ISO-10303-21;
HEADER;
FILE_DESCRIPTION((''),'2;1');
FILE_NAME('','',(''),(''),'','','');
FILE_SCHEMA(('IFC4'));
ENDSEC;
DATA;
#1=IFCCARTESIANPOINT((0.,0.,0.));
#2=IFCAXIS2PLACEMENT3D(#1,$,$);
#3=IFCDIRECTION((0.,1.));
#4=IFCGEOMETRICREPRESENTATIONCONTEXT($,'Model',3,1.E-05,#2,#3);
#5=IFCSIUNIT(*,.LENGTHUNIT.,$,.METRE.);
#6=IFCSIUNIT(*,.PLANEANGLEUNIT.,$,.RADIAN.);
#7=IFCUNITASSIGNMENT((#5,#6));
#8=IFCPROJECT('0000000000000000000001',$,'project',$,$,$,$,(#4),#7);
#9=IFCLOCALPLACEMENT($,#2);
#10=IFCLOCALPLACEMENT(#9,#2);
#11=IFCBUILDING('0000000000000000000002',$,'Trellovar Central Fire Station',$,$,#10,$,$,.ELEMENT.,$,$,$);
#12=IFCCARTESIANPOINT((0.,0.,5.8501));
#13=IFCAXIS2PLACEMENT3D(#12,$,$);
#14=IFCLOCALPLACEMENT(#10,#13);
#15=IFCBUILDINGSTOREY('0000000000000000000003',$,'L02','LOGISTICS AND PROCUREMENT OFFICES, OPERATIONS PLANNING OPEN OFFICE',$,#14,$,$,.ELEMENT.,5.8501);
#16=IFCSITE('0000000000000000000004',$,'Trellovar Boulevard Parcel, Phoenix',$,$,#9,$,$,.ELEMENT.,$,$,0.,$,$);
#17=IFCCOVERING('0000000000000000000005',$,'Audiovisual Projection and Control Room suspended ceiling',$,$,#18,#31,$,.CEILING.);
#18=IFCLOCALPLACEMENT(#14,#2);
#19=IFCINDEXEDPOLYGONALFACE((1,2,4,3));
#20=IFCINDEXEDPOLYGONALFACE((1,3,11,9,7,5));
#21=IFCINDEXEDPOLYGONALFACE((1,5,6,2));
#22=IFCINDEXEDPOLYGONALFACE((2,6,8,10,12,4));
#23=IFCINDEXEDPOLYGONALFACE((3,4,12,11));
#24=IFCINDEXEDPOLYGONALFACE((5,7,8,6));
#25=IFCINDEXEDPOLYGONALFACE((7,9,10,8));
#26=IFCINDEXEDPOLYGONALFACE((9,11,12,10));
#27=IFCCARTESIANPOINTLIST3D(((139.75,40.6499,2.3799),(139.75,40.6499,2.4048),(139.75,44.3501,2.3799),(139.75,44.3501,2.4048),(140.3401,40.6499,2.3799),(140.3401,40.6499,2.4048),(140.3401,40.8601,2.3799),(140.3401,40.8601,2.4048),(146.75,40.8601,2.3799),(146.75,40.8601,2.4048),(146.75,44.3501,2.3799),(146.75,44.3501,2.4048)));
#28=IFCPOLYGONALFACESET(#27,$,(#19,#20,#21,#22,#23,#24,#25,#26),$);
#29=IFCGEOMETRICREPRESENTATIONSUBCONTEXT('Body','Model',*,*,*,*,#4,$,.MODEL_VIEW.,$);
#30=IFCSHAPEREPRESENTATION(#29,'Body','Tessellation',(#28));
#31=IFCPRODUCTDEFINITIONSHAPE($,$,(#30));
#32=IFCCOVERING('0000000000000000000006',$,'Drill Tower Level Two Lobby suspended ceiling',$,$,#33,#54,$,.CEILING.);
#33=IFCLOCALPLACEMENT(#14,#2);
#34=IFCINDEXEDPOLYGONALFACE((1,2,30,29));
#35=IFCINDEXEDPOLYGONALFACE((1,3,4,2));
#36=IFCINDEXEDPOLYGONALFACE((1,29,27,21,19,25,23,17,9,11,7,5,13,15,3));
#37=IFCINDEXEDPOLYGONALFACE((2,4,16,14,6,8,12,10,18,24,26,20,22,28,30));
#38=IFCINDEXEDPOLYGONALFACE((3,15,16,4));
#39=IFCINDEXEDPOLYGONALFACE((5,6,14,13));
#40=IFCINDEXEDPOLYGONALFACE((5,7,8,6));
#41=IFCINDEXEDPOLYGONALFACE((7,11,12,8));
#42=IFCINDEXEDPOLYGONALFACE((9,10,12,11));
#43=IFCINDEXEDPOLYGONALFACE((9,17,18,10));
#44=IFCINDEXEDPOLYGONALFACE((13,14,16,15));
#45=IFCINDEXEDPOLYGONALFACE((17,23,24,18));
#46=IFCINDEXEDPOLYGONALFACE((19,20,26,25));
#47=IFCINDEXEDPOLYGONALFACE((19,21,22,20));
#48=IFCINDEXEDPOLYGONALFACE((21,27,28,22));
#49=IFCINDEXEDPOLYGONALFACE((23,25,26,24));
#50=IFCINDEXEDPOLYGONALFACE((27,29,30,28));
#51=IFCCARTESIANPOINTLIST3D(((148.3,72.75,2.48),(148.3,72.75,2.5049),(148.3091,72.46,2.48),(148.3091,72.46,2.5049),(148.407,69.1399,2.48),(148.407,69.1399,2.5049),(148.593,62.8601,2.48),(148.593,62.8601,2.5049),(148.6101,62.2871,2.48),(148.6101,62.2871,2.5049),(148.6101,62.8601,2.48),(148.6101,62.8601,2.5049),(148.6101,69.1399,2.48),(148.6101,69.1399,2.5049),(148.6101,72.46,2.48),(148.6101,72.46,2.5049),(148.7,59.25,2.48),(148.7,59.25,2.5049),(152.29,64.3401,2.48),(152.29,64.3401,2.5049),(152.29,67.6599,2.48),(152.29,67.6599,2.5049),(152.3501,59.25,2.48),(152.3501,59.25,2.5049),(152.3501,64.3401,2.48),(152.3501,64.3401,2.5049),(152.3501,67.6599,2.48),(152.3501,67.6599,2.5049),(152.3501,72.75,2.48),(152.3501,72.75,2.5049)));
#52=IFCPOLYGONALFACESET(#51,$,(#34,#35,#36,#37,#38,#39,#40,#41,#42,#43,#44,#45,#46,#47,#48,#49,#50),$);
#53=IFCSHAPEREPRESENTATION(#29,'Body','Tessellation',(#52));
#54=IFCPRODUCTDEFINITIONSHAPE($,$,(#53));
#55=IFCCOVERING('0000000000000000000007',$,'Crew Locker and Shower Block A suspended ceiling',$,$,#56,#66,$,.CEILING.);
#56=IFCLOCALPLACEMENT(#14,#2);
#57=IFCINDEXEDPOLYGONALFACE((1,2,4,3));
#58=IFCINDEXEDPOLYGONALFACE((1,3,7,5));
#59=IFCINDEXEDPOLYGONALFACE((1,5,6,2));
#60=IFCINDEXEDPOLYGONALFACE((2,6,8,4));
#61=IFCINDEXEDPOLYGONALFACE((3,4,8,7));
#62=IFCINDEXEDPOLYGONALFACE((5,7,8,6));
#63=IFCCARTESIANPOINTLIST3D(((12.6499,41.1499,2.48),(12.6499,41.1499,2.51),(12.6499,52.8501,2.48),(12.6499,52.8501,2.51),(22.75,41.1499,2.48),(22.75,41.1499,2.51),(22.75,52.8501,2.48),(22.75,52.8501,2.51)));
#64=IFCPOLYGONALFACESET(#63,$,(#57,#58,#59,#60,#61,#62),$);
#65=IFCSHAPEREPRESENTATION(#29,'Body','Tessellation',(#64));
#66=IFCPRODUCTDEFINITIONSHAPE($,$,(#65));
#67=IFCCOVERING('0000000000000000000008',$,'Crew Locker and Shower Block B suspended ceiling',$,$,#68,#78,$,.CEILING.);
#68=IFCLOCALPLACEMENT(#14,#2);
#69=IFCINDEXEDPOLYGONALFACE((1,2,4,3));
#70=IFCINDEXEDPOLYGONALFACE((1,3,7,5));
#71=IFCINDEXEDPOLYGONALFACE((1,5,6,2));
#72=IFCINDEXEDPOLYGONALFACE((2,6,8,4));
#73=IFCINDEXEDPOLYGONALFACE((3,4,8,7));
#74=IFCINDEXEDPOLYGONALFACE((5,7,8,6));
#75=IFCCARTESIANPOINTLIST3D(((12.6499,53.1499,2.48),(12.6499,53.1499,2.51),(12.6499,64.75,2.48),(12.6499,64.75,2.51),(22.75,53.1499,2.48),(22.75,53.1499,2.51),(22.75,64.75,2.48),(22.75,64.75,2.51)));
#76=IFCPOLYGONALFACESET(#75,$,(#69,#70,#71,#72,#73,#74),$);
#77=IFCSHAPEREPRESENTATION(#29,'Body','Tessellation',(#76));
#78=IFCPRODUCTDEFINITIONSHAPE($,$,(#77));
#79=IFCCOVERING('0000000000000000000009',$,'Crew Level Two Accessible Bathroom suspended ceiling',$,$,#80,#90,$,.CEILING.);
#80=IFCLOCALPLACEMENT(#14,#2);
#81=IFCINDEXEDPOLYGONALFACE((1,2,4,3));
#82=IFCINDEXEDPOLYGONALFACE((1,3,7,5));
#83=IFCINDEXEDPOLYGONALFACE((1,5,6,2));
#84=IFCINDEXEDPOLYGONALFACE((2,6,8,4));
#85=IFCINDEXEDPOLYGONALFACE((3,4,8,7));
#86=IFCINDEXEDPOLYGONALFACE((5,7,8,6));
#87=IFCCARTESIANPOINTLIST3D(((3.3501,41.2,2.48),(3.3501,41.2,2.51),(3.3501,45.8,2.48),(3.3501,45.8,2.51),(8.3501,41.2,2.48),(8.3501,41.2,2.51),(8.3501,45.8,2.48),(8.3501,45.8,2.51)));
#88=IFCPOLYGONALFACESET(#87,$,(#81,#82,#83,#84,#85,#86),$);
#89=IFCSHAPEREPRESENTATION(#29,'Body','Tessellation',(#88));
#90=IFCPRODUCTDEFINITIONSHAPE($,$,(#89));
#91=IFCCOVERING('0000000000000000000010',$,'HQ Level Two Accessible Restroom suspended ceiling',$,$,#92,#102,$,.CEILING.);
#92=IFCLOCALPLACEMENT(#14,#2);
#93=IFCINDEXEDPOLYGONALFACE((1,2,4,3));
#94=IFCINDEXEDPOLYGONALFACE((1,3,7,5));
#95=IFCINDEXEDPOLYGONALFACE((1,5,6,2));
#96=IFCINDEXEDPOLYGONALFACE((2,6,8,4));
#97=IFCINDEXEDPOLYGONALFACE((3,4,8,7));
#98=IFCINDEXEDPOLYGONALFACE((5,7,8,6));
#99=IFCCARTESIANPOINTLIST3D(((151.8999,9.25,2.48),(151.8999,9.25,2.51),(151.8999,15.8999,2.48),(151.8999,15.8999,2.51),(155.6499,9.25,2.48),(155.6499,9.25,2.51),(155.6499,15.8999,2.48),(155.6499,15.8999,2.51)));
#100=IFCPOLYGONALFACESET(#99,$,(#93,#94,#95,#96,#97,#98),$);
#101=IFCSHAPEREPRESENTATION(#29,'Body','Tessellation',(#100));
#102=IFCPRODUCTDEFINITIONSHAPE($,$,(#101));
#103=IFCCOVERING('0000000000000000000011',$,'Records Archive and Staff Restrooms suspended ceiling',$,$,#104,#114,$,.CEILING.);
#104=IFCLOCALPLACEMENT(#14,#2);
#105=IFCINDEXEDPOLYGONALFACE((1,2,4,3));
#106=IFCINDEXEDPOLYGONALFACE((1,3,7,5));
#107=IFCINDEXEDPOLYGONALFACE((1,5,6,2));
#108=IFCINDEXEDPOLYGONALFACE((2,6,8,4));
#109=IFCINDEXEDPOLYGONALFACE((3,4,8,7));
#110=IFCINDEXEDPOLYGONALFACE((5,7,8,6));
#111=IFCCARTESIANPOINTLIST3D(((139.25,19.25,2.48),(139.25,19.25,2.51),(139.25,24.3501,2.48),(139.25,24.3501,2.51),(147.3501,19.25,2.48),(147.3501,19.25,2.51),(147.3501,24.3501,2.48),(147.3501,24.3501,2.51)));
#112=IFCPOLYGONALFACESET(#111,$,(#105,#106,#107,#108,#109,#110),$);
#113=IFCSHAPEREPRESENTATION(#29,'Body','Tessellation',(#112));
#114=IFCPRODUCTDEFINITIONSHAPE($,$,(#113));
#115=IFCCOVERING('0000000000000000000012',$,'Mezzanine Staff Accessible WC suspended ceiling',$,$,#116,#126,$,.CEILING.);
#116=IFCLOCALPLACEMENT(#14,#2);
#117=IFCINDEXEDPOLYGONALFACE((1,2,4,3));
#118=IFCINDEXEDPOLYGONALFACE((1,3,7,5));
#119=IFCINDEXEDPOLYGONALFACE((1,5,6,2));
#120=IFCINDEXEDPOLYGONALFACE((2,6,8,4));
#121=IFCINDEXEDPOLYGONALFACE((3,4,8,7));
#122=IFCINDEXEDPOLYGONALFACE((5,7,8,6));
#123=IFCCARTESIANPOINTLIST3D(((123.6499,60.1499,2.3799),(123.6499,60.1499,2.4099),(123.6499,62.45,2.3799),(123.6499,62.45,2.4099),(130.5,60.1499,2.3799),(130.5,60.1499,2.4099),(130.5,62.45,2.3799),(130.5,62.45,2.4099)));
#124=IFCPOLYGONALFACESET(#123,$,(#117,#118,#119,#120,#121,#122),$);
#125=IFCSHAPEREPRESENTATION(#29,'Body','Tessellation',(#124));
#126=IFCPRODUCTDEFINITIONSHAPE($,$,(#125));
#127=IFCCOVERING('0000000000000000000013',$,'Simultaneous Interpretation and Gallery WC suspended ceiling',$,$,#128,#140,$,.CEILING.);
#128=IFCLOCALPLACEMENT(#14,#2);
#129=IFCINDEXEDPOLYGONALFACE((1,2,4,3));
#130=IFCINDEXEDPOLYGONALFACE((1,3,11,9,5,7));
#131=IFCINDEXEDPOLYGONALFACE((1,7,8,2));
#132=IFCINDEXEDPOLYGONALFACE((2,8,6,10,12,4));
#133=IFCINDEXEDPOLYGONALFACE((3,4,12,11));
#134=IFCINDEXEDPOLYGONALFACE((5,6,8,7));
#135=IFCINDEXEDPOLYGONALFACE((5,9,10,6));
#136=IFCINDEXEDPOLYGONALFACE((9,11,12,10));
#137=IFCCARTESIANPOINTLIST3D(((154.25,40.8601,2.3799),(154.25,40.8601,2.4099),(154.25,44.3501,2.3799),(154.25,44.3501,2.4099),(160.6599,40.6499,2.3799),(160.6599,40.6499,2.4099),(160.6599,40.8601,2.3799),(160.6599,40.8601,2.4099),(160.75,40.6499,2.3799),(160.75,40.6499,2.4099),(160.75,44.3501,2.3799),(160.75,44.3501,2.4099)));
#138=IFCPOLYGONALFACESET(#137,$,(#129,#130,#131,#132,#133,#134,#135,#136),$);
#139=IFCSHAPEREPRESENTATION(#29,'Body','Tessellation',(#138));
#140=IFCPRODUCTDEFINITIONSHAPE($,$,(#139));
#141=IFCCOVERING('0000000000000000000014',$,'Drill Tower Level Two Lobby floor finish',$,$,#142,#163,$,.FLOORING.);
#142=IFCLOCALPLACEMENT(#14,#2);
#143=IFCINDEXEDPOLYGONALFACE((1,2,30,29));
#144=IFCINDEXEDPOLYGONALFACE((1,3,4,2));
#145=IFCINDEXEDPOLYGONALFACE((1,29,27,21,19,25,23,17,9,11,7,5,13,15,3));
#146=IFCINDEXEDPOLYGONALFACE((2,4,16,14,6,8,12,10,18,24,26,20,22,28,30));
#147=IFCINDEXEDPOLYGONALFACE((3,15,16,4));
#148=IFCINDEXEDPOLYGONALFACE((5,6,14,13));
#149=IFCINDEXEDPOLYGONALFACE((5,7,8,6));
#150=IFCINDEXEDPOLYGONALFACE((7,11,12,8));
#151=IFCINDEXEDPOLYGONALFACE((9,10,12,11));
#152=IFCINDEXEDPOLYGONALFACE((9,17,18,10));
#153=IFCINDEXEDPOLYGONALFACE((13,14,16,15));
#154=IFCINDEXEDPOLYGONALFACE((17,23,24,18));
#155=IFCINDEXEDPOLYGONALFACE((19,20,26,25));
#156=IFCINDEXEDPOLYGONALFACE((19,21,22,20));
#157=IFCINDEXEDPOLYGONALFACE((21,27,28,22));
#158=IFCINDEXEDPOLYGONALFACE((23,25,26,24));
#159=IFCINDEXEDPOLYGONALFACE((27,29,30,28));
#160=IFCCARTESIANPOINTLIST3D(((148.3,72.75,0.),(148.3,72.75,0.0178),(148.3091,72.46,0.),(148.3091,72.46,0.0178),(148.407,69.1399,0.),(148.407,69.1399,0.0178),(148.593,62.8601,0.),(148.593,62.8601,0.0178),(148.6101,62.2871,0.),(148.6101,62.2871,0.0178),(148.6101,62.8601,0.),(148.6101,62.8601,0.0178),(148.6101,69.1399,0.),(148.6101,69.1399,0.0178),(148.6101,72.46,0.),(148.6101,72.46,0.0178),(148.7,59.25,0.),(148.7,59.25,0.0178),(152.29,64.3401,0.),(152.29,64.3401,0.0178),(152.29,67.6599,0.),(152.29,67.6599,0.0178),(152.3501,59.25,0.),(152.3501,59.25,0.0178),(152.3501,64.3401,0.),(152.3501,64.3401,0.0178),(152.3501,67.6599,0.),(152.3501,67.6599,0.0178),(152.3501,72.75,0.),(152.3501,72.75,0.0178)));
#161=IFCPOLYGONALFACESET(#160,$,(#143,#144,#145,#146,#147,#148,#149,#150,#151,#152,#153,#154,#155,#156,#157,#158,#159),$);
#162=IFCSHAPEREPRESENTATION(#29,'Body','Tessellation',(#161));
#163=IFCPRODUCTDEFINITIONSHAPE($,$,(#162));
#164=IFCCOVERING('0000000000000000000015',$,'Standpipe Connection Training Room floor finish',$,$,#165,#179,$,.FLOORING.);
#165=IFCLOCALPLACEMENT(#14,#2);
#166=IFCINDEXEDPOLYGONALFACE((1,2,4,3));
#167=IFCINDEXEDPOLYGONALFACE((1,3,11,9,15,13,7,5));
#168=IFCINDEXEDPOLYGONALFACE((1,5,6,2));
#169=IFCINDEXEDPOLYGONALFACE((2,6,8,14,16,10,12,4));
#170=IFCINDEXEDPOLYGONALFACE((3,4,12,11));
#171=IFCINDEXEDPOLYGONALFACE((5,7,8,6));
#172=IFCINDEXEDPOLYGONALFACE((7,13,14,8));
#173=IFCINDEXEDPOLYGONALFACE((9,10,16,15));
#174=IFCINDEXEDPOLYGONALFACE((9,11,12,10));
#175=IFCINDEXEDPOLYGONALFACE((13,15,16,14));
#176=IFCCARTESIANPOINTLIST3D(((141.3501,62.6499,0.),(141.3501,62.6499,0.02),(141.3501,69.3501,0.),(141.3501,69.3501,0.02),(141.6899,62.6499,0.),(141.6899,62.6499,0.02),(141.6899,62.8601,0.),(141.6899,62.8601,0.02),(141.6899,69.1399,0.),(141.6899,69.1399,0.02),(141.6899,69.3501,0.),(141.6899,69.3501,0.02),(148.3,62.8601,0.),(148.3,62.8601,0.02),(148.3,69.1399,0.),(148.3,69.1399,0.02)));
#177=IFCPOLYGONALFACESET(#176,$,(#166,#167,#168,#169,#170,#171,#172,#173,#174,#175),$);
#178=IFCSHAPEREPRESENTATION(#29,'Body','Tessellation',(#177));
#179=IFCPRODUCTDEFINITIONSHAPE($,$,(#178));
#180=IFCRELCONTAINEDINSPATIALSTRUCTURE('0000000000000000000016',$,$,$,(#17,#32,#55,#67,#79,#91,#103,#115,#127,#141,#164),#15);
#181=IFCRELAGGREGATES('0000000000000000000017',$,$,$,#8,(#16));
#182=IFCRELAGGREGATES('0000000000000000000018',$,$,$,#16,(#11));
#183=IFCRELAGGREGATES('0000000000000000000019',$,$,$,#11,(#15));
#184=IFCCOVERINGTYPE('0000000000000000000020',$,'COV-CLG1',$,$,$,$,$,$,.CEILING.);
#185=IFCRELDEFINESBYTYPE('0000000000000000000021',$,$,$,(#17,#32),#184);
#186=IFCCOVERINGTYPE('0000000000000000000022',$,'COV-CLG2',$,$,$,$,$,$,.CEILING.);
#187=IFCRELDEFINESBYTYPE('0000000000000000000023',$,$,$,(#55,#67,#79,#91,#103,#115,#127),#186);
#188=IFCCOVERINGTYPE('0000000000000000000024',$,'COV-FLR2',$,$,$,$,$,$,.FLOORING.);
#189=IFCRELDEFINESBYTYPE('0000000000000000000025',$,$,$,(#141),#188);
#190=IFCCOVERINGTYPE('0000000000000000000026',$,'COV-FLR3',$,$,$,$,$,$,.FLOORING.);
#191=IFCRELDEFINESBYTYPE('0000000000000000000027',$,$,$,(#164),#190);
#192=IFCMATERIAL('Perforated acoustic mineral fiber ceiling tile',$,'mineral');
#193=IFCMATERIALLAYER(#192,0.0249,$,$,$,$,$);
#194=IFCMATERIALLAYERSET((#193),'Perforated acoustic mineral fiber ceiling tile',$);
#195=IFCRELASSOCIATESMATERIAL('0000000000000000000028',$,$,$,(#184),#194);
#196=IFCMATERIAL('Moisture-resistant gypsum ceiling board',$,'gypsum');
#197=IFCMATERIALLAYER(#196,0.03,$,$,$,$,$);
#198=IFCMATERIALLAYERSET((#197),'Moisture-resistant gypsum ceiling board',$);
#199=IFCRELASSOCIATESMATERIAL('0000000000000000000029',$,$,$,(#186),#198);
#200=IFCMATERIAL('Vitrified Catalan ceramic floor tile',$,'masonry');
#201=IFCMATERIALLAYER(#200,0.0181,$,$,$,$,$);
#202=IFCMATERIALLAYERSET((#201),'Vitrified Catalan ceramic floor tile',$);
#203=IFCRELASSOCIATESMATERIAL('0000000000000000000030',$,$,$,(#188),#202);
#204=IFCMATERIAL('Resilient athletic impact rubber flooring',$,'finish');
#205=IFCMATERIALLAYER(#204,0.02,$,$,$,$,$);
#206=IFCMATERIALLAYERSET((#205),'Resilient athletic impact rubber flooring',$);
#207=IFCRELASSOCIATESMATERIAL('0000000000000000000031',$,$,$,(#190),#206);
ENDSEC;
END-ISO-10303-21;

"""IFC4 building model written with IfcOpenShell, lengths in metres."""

from ifc_helpers import new_model, si_unit, direction, frame, origin, place, context, subcontext, project, spatial, polyline, outline, extrude, material, layer, layer_set, type_object, element, save


model = new_model("IFC4")

# Units and contexts
model_context = context("Model", 3, precision=1e-05, world=origin(), true_north=direction((0.0, 1.0)))
body_context = subcontext(model_context, "Body", "Model", "MODEL_VIEW")
ifc_project = project(units=[si_unit("LENGTHUNIT", "METRE"), si_unit("PLANEANGLEUNIT", "RADIAN")], contexts=[model_context])

# Site, building, storey
site_placement = place(None, origin())
site = spatial("IfcSite", under=ifc_project, at=site_placement, Name="Trellovar Boulevard Parcel, Phoenix", CompositionType="ELEMENT", RefElevation=0.0)
building_placement = place(site_placement, origin())
building = spatial("IfcBuilding", under=site, at=building_placement, Name="Trellovar Central Fire Station", CompositionType="ELEMENT")
storey_placement = place(building_placement, frame((0.0, 0.0, 5.8501)))
storey = spatial("IfcBuildingStorey", under=building, at=storey_placement, Name="L02", Description="LOGISTICS AND PROCUREMENT OFFICES, OPERATIONS PLANNING OPEN OFFICE", CompositionType="ELEMENT", Elevation=5.8501)

# Coverings
ifc_material_1 = material(Name="Perforated acoustic mineral fiber ceiling tile", Category="mineral")
ifc_layer_1 = layer(ifc_material_1, 0.0249)
ifc_layer_set_1 = layer_set([ifc_layer_1], Name="Perforated acoustic mineral fiber ceiling tile")
covering_type_1 = type_object("IfcCoveringType", Name="COV-CLG1", PredefinedType="CEILING", material=ifc_layer_set_1)
covering_1_placement = place(storey_placement, frame((0.0, 0.0, 2.3799)))
element("IfcCovering", 1, at=covering_1_placement, inside=storey, type_object=covering_type_1, Name="Audiovisual Projection and Control Room suspended ceiling", PredefinedType="CEILING", context=body_context, shape_type="SweptSolid", body=[
    extrude(outline(polyline([(139.75, 40.6499), (139.75, 44.3501), (146.75, 44.3501), (146.75, 40.8601), (140.3401, 40.8601), (140.3401, 40.6499), (139.75, 40.6499)])), origin(), (0.0, 0.0, 1.0), 0.0249),
])
covering_2_placement = place(storey_placement, frame((0.0, 0.0, 2.48)))
element("IfcCovering", 2, at=covering_2_placement, inside=storey, type_object=covering_type_1, Name="Drill Tower Level Two Lobby suspended ceiling", PredefinedType="CEILING", context=body_context, shape_type="SweptSolid", body=[
    extrude(outline(polyline([(152.3501, 67.6599), (152.29, 67.6599), (152.29, 64.3401), (152.3501, 64.3401), (152.3501, 59.25), (148.7, 59.25), (148.6101, 62.2871), (148.6101, 62.8601), (148.593, 62.8601), (148.407, 69.1399), (148.6101, 69.1399), (148.6101, 72.46), (148.3091, 72.46), (148.3, 72.75), (152.3501, 72.75), (152.3501, 67.6599)])), origin(), (0.0, 0.0, 1.0), 0.0249),
])
ifc_material_2 = material(Name="Moisture-resistant gypsum ceiling board", Category="gypsum")
ifc_layer_2 = layer(ifc_material_2, 0.03)
ifc_layer_set_2 = layer_set([ifc_layer_2], Name="Moisture-resistant gypsum ceiling board")
covering_type_2 = type_object("IfcCoveringType", Name="COV-CLG2", PredefinedType="CEILING", material=ifc_layer_set_2)
covering_3_placement = place(storey_placement, frame((0.0, 0.0, 2.48)))
element("IfcCovering", 3, at=covering_3_placement, inside=storey, type_object=covering_type_2, Name="Crew Locker and Shower Block A suspended ceiling", PredefinedType="CEILING", context=body_context, shape_type="SweptSolid", body=[
    extrude(outline(polyline([(22.75, 52.8501), (22.75, 41.1499), (12.6499, 41.1499), (12.6499, 52.8501), (22.75, 52.8501)])), origin(), (0.0, 0.0, 1.0), 0.03),
])
covering_4_placement = place(storey_placement, frame((0.0, 0.0, 2.48)))
element("IfcCovering", 4, at=covering_4_placement, inside=storey, type_object=covering_type_2, Name="Crew Locker and Shower Block B suspended ceiling", PredefinedType="CEILING", context=body_context, shape_type="SweptSolid", body=[
    extrude(outline(polyline([(22.75, 64.75), (22.75, 53.1499), (12.6499, 53.1499), (12.6499, 64.75), (22.75, 64.75)])), origin(), (0.0, 0.0, 1.0), 0.03),
])
covering_5_placement = place(storey_placement, frame((0.0, 0.0, 2.48)))
element("IfcCovering", 5, at=covering_5_placement, inside=storey, type_object=covering_type_2, Name="Crew Level Two Accessible Bathroom suspended ceiling", PredefinedType="CEILING", context=body_context, shape_type="SweptSolid", body=[
    extrude(outline(polyline([(8.3501, 45.8), (8.3501, 41.2), (3.3501, 41.2), (3.3501, 45.8), (8.3501, 45.8)])), origin(), (0.0, 0.0, 1.0), 0.03),
])
covering_6_placement = place(storey_placement, frame((0.0, 0.0, 2.48)))
element("IfcCovering", 6, at=covering_6_placement, inside=storey, type_object=covering_type_2, Name="HQ Level Two Accessible Restroom suspended ceiling", PredefinedType="CEILING", context=body_context, shape_type="SweptSolid", body=[
    extrude(outline(polyline([(155.6499, 15.8999), (155.6499, 9.25), (151.8999, 9.25), (151.8999, 15.8999), (155.6499, 15.8999)])), origin(), (0.0, 0.0, 1.0), 0.03),
])
covering_7_placement = place(storey_placement, frame((0.0, 0.0, 2.48)))
element("IfcCovering", 7, at=covering_7_placement, inside=storey, type_object=covering_type_2, Name="Records Archive and Staff Restrooms suspended ceiling", PredefinedType="CEILING", context=body_context, shape_type="SweptSolid", body=[
    extrude(outline(polyline([(147.3501, 24.3501), (147.3501, 19.25), (139.25, 19.25), (139.25, 24.3501), (147.3501, 24.3501)])), origin(), (0.0, 0.0, 1.0), 0.03),
])
covering_8_placement = place(storey_placement, frame((0.0, 0.0, 2.3799)))
element("IfcCovering", 8, at=covering_8_placement, inside=storey, type_object=covering_type_2, Name="Mezzanine Staff Accessible WC suspended ceiling", PredefinedType="CEILING", context=body_context, shape_type="SweptSolid", body=[
    extrude(outline(polyline([(130.5, 62.45), (130.5, 60.1499), (123.6499, 60.1499), (123.6499, 62.45), (130.5, 62.45)])), origin(), (0.0, 0.0, 1.0), 0.03),
])
covering_9_placement = place(storey_placement, frame((0.0, 0.0, 2.3799)))
element("IfcCovering", 9, at=covering_9_placement, inside=storey, type_object=covering_type_2, Name="Simultaneous Interpretation and Gallery WC suspended ceiling", PredefinedType="CEILING", context=body_context, shape_type="SweptSolid", body=[
    extrude(outline(polyline([(154.25, 40.8601), (154.25, 44.3501), (160.75, 44.3501), (160.75, 40.6499), (160.6599, 40.6499), (160.6599, 40.8601), (154.25, 40.8601)])), origin(), (0.0, 0.0, 1.0), 0.03),
])
ifc_material_3 = material(Name="Vitrified Catalan ceramic floor tile", Category="masonry")
ifc_layer_3 = layer(ifc_material_3, 0.0181)
ifc_layer_set_3 = layer_set([ifc_layer_3], Name="Vitrified Catalan ceramic floor tile")
covering_type_3 = type_object("IfcCoveringType", Name="COV-FLR2", PredefinedType="FLOORING", material=ifc_layer_set_3)
covering_10_placement = place(storey_placement, origin())
element("IfcCovering", 10, at=covering_10_placement, inside=storey, type_object=covering_type_3, Name="Drill Tower Level Two Lobby floor finish", PredefinedType="FLOORING", context=body_context, shape_type="SweptSolid", body=[
    extrude(outline(polyline([(152.3501, 67.6599), (152.29, 67.6599), (152.29, 64.3401), (152.3501, 64.3401), (152.3501, 59.25), (148.7, 59.25), (148.6101, 62.2871), (148.6101, 62.8601), (148.593, 62.8601), (148.407, 69.1399), (148.6101, 69.1399), (148.6101, 72.46), (148.3091, 72.46), (148.3, 72.75), (152.3501, 72.75), (152.3501, 67.6599)])), origin(), (0.0, 0.0, 1.0), 0.0178),
])
ifc_material_4 = material(Name="Resilient athletic impact rubber flooring", Category="finish")
ifc_layer_4 = layer(ifc_material_4, 0.02)
ifc_layer_set_4 = layer_set([ifc_layer_4], Name="Resilient athletic impact rubber flooring")
covering_type_4 = type_object("IfcCoveringType", Name="COV-FLR3", PredefinedType="FLOORING", material=ifc_layer_set_4)
covering_11_placement = place(storey_placement, origin())
element("IfcCovering", 11, at=covering_11_placement, inside=storey, type_object=covering_type_4, Name="Standpipe Connection Training Room floor finish", PredefinedType="FLOORING", context=body_context, shape_type="SweptSolid", body=[
    extrude(outline(polyline([(141.6899, 69.3501), (141.6899, 69.1399), (148.3, 69.1399), (148.3, 62.8601), (141.6899, 62.8601), (141.6899, 62.6499), (141.3501, 62.6499), (141.3501, 69.3501), (141.6899, 69.3501)])), origin(), (0.0, 0.0, 1.0), 0.02),
])

save(model, "model.ifc")
